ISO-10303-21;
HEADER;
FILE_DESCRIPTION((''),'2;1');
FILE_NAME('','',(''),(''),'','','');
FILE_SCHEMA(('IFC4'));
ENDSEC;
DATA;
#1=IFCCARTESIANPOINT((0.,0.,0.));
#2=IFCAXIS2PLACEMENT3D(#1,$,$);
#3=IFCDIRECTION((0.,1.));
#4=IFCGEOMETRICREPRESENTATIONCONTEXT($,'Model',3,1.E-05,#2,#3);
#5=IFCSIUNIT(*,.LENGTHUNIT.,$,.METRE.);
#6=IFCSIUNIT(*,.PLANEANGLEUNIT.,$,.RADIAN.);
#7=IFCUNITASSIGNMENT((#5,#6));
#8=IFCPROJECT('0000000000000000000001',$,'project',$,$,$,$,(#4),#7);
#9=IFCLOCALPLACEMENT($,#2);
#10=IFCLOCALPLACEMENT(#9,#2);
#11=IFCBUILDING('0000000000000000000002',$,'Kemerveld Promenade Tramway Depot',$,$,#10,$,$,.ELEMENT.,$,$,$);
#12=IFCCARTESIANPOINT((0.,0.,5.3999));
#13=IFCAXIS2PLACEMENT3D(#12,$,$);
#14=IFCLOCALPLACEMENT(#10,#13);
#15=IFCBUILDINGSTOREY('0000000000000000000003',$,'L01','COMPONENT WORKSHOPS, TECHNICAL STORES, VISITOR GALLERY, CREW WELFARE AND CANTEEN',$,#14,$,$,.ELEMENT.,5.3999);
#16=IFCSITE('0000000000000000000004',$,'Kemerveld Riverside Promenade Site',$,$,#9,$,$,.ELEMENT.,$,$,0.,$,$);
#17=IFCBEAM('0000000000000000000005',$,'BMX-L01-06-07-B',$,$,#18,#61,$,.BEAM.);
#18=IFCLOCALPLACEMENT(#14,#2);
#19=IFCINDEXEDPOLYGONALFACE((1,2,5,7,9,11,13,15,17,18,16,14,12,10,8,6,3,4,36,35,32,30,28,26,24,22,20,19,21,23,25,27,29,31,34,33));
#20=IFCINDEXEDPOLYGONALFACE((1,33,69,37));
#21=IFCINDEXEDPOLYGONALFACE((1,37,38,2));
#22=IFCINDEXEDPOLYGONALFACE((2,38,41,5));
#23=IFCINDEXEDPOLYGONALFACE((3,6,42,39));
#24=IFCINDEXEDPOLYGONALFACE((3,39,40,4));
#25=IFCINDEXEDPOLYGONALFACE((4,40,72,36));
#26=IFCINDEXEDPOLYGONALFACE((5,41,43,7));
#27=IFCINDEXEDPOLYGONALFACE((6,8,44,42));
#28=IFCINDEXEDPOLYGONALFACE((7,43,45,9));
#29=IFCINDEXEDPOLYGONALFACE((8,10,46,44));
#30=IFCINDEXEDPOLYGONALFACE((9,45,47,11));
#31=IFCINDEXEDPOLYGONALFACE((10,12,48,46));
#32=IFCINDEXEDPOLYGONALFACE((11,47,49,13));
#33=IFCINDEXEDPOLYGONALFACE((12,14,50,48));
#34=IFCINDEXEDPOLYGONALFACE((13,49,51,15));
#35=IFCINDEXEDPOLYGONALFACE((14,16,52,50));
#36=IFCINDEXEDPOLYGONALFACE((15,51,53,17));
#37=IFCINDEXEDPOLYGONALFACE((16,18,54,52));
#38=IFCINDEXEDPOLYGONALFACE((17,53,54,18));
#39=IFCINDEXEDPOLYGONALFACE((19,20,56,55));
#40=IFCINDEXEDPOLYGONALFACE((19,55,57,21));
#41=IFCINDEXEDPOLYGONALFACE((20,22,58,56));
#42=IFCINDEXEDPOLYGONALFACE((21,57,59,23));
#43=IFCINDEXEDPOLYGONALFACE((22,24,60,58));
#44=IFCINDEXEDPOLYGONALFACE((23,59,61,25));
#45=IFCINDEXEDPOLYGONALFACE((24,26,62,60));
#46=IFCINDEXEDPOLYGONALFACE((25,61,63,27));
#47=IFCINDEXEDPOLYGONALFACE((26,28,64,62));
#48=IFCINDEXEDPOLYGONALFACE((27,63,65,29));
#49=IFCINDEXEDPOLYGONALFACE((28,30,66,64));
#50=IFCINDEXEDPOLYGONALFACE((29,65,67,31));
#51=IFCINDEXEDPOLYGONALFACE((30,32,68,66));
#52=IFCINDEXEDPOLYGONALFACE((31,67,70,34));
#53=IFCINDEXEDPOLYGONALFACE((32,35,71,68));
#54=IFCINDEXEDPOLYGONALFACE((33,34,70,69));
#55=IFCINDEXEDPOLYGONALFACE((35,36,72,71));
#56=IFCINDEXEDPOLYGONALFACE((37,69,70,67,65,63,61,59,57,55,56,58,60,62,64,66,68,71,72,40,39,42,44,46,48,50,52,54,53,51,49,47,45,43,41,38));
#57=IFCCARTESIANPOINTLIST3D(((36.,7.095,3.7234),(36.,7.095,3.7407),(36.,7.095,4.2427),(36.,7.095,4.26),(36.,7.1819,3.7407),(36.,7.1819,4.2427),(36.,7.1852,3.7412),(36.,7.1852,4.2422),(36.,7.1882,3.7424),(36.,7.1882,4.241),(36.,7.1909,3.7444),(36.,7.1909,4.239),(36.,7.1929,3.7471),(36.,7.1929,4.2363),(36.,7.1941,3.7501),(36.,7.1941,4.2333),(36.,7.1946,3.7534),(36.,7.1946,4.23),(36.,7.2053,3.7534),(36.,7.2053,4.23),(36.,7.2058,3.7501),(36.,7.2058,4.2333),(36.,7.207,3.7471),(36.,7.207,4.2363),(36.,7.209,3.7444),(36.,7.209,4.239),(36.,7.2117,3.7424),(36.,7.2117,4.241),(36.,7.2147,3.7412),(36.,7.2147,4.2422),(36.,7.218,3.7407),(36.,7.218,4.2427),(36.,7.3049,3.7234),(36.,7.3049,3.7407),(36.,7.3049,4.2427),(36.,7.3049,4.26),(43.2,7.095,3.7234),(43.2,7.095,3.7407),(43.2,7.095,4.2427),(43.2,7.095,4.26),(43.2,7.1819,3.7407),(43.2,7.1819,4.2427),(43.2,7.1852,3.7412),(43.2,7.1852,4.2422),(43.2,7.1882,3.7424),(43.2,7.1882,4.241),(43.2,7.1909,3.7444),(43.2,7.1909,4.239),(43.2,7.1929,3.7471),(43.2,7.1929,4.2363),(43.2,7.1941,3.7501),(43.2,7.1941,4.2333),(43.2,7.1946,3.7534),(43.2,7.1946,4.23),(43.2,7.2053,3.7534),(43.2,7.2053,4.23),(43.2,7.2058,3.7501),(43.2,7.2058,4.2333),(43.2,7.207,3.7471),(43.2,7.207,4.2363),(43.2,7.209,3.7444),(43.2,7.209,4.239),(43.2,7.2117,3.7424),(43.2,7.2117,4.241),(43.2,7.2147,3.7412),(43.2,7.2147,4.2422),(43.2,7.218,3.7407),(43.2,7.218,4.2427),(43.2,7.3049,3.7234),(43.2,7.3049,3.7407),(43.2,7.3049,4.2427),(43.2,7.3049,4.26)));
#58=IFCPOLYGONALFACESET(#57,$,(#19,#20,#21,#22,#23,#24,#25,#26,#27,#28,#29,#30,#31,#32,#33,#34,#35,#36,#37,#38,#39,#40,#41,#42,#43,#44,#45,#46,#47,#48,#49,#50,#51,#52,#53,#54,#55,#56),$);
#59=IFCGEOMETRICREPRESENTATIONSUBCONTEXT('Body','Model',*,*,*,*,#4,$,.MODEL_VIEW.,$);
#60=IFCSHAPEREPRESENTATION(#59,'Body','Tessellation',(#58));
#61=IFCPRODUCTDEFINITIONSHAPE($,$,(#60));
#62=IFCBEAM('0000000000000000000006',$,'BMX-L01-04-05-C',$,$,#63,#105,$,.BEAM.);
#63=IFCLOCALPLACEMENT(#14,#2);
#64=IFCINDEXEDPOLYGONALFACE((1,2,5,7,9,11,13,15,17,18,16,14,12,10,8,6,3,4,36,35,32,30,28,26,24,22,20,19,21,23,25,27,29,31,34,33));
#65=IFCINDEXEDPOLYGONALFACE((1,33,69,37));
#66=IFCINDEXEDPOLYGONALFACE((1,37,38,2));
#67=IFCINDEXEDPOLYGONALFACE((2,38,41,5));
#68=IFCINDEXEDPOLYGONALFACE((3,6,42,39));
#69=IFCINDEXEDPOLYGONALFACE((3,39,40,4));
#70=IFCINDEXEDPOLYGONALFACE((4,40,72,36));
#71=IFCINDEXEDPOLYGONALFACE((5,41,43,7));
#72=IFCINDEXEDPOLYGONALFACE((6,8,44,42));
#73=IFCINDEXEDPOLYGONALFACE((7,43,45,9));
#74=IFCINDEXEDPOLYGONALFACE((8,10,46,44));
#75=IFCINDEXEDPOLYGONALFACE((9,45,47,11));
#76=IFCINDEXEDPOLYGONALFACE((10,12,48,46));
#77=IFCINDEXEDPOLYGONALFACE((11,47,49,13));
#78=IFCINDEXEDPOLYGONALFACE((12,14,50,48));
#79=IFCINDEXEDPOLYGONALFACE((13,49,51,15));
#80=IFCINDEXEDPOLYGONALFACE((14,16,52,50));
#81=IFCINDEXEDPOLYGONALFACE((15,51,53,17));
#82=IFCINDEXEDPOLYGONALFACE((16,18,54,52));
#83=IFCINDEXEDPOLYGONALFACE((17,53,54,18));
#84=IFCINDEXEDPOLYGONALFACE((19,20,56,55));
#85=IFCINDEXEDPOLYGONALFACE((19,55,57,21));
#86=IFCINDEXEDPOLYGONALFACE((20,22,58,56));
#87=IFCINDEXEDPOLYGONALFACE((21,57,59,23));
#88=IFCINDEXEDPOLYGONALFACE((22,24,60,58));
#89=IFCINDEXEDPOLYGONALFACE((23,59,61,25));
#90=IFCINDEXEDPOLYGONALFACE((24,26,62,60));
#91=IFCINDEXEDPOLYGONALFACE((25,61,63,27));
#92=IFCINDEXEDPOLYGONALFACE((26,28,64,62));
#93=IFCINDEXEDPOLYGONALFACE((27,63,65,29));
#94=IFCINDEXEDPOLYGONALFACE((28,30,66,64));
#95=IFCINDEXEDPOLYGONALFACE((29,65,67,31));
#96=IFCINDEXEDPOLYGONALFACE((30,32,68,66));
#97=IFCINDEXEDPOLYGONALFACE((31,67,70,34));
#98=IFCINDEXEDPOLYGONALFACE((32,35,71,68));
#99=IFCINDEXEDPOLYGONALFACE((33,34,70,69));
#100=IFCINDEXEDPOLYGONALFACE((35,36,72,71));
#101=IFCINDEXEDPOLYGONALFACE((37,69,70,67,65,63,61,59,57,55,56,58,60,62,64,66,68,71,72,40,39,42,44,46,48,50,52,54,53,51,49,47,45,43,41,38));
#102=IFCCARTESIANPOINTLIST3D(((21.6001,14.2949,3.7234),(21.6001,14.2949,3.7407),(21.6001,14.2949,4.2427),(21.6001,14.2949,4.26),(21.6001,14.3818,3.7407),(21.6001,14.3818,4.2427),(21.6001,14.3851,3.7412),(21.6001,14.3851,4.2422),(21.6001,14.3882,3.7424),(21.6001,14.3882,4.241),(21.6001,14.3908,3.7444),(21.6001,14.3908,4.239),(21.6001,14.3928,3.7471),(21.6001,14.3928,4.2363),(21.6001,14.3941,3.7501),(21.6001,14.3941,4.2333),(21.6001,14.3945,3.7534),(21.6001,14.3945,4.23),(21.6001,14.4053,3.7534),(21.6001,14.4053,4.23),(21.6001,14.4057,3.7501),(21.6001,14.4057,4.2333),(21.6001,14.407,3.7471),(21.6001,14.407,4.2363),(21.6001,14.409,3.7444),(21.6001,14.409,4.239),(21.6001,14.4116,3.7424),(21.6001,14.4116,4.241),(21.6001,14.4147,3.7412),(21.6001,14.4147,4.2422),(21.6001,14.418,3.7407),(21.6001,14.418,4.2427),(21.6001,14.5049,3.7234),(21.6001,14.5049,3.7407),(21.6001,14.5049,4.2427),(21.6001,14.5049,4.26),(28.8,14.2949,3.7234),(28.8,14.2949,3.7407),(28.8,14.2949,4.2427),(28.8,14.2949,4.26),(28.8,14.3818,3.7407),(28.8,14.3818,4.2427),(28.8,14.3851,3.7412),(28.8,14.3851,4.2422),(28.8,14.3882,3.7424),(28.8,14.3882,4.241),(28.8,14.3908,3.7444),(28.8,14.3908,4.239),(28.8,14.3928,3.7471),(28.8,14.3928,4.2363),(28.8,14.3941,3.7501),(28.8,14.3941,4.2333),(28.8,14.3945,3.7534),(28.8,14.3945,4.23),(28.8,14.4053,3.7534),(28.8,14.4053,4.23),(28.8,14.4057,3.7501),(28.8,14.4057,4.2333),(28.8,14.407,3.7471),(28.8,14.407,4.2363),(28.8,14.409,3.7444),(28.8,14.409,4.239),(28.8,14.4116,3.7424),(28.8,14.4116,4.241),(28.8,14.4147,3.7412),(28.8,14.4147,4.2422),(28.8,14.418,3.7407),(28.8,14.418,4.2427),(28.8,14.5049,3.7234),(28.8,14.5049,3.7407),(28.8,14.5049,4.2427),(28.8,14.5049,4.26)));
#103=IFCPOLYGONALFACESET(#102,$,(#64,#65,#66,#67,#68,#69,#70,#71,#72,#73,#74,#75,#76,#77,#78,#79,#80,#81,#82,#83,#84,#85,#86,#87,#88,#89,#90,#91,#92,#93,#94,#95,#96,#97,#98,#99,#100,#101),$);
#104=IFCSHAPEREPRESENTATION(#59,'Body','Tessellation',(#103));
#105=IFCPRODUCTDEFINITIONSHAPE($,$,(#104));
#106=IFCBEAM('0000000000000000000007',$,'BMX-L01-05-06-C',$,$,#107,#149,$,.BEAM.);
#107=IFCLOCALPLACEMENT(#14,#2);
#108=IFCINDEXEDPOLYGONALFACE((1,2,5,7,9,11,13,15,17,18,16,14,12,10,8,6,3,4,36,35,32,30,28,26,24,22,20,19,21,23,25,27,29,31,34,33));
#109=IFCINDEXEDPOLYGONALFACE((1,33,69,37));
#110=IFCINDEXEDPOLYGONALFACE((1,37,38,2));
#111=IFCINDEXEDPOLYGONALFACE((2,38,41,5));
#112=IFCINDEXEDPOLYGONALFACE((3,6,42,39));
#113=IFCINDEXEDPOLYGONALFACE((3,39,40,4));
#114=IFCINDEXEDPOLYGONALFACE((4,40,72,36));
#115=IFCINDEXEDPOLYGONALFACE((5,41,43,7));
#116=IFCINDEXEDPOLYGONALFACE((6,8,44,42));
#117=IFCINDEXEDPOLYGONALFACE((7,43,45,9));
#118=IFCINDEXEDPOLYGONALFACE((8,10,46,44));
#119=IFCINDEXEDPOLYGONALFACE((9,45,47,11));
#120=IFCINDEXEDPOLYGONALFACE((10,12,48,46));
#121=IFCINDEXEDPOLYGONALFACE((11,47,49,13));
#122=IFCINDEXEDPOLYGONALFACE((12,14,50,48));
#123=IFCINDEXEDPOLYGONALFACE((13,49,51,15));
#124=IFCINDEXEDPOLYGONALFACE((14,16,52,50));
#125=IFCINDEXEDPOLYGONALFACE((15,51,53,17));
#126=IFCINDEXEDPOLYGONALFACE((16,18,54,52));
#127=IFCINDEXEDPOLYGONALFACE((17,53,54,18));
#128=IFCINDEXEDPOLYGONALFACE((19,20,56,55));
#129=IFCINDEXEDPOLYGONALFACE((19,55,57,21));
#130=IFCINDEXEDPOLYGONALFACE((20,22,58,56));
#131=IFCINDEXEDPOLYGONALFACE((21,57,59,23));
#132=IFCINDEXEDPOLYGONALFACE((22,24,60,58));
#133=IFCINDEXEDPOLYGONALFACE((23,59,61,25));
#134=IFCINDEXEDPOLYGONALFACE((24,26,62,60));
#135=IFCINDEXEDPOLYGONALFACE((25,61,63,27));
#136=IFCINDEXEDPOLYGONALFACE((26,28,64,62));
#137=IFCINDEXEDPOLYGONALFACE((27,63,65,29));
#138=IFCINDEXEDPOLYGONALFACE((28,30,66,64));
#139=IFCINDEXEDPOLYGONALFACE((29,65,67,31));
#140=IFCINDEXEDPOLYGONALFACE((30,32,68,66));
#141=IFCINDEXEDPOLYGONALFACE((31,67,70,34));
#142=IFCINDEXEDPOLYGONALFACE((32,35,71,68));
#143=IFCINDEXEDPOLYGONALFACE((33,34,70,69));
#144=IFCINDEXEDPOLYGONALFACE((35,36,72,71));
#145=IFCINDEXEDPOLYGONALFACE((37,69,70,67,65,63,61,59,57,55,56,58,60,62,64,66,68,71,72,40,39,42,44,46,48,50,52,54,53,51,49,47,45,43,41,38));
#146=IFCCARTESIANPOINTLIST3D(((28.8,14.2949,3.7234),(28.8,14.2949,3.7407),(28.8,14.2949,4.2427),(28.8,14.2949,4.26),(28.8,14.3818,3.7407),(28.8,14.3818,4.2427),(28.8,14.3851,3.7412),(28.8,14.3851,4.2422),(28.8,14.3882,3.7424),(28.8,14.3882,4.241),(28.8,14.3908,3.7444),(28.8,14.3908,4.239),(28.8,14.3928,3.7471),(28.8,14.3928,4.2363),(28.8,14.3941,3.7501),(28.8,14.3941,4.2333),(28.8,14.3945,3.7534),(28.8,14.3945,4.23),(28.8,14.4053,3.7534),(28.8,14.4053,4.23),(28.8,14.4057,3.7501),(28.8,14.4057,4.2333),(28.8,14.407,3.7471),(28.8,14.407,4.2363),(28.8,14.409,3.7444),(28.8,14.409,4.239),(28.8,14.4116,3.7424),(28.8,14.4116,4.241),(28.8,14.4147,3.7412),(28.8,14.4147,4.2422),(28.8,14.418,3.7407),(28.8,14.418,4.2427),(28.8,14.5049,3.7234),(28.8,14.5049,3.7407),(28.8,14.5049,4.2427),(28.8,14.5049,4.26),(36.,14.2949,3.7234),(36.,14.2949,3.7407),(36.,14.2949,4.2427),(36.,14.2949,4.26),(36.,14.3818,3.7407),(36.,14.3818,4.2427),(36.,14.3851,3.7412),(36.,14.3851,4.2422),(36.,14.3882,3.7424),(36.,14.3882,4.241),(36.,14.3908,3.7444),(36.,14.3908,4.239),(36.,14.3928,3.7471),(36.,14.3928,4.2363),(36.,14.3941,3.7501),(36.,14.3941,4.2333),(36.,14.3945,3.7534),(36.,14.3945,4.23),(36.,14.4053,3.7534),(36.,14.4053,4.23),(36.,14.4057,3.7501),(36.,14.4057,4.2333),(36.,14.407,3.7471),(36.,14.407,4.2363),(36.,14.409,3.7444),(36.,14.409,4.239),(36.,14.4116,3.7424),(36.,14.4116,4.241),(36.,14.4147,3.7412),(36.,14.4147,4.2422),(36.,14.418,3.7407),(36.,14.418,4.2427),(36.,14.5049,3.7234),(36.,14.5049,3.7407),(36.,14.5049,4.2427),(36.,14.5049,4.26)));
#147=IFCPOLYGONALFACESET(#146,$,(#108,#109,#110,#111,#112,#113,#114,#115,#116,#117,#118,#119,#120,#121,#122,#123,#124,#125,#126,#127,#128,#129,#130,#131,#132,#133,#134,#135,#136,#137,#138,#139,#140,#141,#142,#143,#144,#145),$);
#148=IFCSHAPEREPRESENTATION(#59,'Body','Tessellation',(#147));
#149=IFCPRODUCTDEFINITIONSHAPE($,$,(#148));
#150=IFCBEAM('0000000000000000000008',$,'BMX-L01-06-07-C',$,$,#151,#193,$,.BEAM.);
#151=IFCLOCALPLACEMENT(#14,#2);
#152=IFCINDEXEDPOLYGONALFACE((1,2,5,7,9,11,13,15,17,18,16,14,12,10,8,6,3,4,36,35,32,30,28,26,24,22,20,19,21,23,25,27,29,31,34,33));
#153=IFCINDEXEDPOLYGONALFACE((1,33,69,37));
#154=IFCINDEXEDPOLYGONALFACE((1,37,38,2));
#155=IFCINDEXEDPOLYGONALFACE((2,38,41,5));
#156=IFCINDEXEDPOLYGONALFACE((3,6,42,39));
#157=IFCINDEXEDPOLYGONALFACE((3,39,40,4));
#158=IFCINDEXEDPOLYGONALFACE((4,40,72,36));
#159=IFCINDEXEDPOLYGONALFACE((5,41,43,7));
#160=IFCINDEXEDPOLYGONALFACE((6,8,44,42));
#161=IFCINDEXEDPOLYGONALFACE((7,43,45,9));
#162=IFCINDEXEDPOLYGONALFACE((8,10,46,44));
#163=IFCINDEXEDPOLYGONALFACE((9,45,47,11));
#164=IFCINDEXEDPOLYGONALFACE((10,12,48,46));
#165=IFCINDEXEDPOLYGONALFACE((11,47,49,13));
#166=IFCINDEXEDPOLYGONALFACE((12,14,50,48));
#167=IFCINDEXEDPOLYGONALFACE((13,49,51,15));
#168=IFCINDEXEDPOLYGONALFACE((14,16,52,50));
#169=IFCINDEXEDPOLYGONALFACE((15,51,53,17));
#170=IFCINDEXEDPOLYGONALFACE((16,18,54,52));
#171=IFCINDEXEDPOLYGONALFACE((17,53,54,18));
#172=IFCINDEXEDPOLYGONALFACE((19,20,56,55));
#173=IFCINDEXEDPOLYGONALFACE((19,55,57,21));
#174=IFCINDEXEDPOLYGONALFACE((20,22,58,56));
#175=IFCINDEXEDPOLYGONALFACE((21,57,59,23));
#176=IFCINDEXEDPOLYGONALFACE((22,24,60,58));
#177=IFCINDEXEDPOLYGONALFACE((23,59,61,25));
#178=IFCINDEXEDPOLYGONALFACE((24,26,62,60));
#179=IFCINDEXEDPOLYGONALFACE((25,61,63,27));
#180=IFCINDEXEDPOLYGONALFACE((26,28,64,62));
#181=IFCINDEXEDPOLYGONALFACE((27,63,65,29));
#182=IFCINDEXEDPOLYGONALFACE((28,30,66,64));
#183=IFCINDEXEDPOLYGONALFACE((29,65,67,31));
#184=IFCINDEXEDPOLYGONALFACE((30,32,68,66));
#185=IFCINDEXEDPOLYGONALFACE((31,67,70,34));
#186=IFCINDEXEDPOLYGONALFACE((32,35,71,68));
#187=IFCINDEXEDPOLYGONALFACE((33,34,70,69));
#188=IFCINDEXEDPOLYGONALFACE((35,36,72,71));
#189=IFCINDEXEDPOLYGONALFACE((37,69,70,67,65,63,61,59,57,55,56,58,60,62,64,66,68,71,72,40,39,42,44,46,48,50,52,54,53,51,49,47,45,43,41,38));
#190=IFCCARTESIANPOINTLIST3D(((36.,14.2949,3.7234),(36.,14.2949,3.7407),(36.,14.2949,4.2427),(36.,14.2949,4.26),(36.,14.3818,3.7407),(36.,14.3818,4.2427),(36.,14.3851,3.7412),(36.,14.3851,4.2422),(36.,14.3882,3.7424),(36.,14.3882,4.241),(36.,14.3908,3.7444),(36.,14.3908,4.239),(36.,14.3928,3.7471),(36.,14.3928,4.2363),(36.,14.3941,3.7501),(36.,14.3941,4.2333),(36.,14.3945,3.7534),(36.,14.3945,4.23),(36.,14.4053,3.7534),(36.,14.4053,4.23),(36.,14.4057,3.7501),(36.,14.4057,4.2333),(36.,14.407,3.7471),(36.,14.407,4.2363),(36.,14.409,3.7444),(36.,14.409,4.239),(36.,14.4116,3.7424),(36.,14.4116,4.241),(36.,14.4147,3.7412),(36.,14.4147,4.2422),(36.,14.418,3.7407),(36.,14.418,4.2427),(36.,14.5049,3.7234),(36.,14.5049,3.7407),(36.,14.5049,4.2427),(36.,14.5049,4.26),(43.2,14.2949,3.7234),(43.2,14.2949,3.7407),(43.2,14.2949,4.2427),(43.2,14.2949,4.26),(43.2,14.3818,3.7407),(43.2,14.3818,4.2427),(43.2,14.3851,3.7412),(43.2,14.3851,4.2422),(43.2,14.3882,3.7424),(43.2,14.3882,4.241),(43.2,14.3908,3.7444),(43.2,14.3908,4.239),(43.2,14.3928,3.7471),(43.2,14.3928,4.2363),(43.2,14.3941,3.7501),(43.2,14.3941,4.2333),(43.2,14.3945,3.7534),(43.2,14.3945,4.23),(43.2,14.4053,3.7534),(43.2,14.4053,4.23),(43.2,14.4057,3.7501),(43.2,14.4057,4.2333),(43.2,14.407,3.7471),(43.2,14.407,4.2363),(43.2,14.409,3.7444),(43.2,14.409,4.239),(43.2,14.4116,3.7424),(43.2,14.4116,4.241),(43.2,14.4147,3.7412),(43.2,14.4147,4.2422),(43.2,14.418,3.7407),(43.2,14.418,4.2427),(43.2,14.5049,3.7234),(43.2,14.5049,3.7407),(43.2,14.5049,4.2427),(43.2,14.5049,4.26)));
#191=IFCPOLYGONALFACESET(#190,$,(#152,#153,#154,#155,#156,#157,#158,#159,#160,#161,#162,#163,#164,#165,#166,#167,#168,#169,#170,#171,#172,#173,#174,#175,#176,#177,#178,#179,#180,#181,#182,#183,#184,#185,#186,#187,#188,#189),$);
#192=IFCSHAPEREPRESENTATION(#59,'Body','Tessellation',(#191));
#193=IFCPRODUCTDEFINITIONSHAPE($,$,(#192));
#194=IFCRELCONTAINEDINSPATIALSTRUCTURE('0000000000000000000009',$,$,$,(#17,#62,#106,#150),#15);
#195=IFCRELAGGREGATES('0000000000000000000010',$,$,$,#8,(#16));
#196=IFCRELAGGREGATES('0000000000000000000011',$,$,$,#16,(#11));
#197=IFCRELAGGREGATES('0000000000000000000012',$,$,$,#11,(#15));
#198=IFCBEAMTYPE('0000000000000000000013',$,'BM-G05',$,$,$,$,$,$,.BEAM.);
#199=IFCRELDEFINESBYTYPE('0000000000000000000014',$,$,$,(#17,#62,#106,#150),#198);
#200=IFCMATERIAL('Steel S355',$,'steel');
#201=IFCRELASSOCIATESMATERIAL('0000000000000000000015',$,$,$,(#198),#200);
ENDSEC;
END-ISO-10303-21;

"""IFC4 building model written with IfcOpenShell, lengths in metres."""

from ifc_helpers import new_model, si_unit, direction, frame, origin, origin_2d, place, context, subcontext, project, spatial, i_section, extrude, material, material_profile, profile_set, type_object, element, save


model = new_model("IFC4")

# Units and contexts
model_context = context("Model", 3, precision=1e-05, world=origin(), true_north=direction((0.0, 1.0)))
body_context = subcontext(model_context, "Body", "Model", "MODEL_VIEW")
ifc_project = project(units=[si_unit("LENGTHUNIT", "METRE"), si_unit("PLANEANGLEUNIT", "RADIAN")], contexts=[model_context])

# Site, building, storey
site_placement = place(None, origin())
site = spatial("IfcSite", under=ifc_project, at=site_placement, Name="Kemerveld Riverside Promenade Site", CompositionType="ELEMENT", RefElevation=0.0)
building_placement = place(site_placement, origin())
building = spatial("IfcBuilding", under=site, at=building_placement, Name="Kemerveld Promenade Tramway Depot", CompositionType="ELEMENT")
storey_placement = place(building_placement, frame((0.0, 0.0, 5.3999)))
storey = spatial("IfcBuildingStorey", under=building, at=storey_placement, Name="L01", Description="COMPONENT WORKSHOPS, TECHNICAL STORES, VISITOR GALLERY, CREW WELFARE AND CANTEEN", CompositionType="ELEMENT", Elevation=5.3999)

# Shared definitions
ifc_material_1 = material(Name="Steel S355", Category="steel")

# Beams
ifc_material_profile_1 = material_profile(ifc_material_1, i_section(OverallWidth=0.21, OverallDepth=0.5366, WebThickness=0.0107, FlangeThickness=0.0173, FilletRadius=0.0127, at=origin_2d()), Name="533x210x101 UB")
ifc_profile_set_1 = profile_set([ifc_material_profile_1], Name="Steel S355")
beam_type_1 = type_object("IfcBeamType", Name="BM-G05", PredefinedType="BEAM", material=ifc_profile_set_1)
for number, where, z_axis, x_axis, name in (
    (1, (36.0, 7.2, 3.9917), (1.0, 0.0, 0.0), (0.0, 1.0, 0.0), "BMX-L01-06-07-B"),
    (2, (21.6001, 14.3999, 3.9917), (1.0, 0.0, 0.0), (0.0, 1.0, 0.0), "BMX-L01-04-05-C"),
    (3, (28.8, 14.3999, 3.9917), (1.0, 0.0, 0.0), (0.0, 1.0, 0.0), "BMX-L01-05-06-C"),
    (4, (36.0, 14.3999, 3.9917), (1.0, 0.0, 0.0), (0.0, 1.0, 0.0), "BMX-L01-06-07-C"),
):
    element("IfcBeam", number, at=place(storey_placement, frame(where, z_axis=z_axis, x_axis=x_axis)), inside=storey, type_object=beam_type_1, Name=name, PredefinedType="BEAM", context=body_context, shape_type="SweptSolid", body=[
        extrude(i_section(OverallWidth=0.21, OverallDepth=0.5366, WebThickness=0.0107, FlangeThickness=0.0173, FilletRadius=0.0127, at=origin_2d()), origin(), (0.0, 0.0, 1.0), 7.2),
    ])

save(model, "model.ifc")
